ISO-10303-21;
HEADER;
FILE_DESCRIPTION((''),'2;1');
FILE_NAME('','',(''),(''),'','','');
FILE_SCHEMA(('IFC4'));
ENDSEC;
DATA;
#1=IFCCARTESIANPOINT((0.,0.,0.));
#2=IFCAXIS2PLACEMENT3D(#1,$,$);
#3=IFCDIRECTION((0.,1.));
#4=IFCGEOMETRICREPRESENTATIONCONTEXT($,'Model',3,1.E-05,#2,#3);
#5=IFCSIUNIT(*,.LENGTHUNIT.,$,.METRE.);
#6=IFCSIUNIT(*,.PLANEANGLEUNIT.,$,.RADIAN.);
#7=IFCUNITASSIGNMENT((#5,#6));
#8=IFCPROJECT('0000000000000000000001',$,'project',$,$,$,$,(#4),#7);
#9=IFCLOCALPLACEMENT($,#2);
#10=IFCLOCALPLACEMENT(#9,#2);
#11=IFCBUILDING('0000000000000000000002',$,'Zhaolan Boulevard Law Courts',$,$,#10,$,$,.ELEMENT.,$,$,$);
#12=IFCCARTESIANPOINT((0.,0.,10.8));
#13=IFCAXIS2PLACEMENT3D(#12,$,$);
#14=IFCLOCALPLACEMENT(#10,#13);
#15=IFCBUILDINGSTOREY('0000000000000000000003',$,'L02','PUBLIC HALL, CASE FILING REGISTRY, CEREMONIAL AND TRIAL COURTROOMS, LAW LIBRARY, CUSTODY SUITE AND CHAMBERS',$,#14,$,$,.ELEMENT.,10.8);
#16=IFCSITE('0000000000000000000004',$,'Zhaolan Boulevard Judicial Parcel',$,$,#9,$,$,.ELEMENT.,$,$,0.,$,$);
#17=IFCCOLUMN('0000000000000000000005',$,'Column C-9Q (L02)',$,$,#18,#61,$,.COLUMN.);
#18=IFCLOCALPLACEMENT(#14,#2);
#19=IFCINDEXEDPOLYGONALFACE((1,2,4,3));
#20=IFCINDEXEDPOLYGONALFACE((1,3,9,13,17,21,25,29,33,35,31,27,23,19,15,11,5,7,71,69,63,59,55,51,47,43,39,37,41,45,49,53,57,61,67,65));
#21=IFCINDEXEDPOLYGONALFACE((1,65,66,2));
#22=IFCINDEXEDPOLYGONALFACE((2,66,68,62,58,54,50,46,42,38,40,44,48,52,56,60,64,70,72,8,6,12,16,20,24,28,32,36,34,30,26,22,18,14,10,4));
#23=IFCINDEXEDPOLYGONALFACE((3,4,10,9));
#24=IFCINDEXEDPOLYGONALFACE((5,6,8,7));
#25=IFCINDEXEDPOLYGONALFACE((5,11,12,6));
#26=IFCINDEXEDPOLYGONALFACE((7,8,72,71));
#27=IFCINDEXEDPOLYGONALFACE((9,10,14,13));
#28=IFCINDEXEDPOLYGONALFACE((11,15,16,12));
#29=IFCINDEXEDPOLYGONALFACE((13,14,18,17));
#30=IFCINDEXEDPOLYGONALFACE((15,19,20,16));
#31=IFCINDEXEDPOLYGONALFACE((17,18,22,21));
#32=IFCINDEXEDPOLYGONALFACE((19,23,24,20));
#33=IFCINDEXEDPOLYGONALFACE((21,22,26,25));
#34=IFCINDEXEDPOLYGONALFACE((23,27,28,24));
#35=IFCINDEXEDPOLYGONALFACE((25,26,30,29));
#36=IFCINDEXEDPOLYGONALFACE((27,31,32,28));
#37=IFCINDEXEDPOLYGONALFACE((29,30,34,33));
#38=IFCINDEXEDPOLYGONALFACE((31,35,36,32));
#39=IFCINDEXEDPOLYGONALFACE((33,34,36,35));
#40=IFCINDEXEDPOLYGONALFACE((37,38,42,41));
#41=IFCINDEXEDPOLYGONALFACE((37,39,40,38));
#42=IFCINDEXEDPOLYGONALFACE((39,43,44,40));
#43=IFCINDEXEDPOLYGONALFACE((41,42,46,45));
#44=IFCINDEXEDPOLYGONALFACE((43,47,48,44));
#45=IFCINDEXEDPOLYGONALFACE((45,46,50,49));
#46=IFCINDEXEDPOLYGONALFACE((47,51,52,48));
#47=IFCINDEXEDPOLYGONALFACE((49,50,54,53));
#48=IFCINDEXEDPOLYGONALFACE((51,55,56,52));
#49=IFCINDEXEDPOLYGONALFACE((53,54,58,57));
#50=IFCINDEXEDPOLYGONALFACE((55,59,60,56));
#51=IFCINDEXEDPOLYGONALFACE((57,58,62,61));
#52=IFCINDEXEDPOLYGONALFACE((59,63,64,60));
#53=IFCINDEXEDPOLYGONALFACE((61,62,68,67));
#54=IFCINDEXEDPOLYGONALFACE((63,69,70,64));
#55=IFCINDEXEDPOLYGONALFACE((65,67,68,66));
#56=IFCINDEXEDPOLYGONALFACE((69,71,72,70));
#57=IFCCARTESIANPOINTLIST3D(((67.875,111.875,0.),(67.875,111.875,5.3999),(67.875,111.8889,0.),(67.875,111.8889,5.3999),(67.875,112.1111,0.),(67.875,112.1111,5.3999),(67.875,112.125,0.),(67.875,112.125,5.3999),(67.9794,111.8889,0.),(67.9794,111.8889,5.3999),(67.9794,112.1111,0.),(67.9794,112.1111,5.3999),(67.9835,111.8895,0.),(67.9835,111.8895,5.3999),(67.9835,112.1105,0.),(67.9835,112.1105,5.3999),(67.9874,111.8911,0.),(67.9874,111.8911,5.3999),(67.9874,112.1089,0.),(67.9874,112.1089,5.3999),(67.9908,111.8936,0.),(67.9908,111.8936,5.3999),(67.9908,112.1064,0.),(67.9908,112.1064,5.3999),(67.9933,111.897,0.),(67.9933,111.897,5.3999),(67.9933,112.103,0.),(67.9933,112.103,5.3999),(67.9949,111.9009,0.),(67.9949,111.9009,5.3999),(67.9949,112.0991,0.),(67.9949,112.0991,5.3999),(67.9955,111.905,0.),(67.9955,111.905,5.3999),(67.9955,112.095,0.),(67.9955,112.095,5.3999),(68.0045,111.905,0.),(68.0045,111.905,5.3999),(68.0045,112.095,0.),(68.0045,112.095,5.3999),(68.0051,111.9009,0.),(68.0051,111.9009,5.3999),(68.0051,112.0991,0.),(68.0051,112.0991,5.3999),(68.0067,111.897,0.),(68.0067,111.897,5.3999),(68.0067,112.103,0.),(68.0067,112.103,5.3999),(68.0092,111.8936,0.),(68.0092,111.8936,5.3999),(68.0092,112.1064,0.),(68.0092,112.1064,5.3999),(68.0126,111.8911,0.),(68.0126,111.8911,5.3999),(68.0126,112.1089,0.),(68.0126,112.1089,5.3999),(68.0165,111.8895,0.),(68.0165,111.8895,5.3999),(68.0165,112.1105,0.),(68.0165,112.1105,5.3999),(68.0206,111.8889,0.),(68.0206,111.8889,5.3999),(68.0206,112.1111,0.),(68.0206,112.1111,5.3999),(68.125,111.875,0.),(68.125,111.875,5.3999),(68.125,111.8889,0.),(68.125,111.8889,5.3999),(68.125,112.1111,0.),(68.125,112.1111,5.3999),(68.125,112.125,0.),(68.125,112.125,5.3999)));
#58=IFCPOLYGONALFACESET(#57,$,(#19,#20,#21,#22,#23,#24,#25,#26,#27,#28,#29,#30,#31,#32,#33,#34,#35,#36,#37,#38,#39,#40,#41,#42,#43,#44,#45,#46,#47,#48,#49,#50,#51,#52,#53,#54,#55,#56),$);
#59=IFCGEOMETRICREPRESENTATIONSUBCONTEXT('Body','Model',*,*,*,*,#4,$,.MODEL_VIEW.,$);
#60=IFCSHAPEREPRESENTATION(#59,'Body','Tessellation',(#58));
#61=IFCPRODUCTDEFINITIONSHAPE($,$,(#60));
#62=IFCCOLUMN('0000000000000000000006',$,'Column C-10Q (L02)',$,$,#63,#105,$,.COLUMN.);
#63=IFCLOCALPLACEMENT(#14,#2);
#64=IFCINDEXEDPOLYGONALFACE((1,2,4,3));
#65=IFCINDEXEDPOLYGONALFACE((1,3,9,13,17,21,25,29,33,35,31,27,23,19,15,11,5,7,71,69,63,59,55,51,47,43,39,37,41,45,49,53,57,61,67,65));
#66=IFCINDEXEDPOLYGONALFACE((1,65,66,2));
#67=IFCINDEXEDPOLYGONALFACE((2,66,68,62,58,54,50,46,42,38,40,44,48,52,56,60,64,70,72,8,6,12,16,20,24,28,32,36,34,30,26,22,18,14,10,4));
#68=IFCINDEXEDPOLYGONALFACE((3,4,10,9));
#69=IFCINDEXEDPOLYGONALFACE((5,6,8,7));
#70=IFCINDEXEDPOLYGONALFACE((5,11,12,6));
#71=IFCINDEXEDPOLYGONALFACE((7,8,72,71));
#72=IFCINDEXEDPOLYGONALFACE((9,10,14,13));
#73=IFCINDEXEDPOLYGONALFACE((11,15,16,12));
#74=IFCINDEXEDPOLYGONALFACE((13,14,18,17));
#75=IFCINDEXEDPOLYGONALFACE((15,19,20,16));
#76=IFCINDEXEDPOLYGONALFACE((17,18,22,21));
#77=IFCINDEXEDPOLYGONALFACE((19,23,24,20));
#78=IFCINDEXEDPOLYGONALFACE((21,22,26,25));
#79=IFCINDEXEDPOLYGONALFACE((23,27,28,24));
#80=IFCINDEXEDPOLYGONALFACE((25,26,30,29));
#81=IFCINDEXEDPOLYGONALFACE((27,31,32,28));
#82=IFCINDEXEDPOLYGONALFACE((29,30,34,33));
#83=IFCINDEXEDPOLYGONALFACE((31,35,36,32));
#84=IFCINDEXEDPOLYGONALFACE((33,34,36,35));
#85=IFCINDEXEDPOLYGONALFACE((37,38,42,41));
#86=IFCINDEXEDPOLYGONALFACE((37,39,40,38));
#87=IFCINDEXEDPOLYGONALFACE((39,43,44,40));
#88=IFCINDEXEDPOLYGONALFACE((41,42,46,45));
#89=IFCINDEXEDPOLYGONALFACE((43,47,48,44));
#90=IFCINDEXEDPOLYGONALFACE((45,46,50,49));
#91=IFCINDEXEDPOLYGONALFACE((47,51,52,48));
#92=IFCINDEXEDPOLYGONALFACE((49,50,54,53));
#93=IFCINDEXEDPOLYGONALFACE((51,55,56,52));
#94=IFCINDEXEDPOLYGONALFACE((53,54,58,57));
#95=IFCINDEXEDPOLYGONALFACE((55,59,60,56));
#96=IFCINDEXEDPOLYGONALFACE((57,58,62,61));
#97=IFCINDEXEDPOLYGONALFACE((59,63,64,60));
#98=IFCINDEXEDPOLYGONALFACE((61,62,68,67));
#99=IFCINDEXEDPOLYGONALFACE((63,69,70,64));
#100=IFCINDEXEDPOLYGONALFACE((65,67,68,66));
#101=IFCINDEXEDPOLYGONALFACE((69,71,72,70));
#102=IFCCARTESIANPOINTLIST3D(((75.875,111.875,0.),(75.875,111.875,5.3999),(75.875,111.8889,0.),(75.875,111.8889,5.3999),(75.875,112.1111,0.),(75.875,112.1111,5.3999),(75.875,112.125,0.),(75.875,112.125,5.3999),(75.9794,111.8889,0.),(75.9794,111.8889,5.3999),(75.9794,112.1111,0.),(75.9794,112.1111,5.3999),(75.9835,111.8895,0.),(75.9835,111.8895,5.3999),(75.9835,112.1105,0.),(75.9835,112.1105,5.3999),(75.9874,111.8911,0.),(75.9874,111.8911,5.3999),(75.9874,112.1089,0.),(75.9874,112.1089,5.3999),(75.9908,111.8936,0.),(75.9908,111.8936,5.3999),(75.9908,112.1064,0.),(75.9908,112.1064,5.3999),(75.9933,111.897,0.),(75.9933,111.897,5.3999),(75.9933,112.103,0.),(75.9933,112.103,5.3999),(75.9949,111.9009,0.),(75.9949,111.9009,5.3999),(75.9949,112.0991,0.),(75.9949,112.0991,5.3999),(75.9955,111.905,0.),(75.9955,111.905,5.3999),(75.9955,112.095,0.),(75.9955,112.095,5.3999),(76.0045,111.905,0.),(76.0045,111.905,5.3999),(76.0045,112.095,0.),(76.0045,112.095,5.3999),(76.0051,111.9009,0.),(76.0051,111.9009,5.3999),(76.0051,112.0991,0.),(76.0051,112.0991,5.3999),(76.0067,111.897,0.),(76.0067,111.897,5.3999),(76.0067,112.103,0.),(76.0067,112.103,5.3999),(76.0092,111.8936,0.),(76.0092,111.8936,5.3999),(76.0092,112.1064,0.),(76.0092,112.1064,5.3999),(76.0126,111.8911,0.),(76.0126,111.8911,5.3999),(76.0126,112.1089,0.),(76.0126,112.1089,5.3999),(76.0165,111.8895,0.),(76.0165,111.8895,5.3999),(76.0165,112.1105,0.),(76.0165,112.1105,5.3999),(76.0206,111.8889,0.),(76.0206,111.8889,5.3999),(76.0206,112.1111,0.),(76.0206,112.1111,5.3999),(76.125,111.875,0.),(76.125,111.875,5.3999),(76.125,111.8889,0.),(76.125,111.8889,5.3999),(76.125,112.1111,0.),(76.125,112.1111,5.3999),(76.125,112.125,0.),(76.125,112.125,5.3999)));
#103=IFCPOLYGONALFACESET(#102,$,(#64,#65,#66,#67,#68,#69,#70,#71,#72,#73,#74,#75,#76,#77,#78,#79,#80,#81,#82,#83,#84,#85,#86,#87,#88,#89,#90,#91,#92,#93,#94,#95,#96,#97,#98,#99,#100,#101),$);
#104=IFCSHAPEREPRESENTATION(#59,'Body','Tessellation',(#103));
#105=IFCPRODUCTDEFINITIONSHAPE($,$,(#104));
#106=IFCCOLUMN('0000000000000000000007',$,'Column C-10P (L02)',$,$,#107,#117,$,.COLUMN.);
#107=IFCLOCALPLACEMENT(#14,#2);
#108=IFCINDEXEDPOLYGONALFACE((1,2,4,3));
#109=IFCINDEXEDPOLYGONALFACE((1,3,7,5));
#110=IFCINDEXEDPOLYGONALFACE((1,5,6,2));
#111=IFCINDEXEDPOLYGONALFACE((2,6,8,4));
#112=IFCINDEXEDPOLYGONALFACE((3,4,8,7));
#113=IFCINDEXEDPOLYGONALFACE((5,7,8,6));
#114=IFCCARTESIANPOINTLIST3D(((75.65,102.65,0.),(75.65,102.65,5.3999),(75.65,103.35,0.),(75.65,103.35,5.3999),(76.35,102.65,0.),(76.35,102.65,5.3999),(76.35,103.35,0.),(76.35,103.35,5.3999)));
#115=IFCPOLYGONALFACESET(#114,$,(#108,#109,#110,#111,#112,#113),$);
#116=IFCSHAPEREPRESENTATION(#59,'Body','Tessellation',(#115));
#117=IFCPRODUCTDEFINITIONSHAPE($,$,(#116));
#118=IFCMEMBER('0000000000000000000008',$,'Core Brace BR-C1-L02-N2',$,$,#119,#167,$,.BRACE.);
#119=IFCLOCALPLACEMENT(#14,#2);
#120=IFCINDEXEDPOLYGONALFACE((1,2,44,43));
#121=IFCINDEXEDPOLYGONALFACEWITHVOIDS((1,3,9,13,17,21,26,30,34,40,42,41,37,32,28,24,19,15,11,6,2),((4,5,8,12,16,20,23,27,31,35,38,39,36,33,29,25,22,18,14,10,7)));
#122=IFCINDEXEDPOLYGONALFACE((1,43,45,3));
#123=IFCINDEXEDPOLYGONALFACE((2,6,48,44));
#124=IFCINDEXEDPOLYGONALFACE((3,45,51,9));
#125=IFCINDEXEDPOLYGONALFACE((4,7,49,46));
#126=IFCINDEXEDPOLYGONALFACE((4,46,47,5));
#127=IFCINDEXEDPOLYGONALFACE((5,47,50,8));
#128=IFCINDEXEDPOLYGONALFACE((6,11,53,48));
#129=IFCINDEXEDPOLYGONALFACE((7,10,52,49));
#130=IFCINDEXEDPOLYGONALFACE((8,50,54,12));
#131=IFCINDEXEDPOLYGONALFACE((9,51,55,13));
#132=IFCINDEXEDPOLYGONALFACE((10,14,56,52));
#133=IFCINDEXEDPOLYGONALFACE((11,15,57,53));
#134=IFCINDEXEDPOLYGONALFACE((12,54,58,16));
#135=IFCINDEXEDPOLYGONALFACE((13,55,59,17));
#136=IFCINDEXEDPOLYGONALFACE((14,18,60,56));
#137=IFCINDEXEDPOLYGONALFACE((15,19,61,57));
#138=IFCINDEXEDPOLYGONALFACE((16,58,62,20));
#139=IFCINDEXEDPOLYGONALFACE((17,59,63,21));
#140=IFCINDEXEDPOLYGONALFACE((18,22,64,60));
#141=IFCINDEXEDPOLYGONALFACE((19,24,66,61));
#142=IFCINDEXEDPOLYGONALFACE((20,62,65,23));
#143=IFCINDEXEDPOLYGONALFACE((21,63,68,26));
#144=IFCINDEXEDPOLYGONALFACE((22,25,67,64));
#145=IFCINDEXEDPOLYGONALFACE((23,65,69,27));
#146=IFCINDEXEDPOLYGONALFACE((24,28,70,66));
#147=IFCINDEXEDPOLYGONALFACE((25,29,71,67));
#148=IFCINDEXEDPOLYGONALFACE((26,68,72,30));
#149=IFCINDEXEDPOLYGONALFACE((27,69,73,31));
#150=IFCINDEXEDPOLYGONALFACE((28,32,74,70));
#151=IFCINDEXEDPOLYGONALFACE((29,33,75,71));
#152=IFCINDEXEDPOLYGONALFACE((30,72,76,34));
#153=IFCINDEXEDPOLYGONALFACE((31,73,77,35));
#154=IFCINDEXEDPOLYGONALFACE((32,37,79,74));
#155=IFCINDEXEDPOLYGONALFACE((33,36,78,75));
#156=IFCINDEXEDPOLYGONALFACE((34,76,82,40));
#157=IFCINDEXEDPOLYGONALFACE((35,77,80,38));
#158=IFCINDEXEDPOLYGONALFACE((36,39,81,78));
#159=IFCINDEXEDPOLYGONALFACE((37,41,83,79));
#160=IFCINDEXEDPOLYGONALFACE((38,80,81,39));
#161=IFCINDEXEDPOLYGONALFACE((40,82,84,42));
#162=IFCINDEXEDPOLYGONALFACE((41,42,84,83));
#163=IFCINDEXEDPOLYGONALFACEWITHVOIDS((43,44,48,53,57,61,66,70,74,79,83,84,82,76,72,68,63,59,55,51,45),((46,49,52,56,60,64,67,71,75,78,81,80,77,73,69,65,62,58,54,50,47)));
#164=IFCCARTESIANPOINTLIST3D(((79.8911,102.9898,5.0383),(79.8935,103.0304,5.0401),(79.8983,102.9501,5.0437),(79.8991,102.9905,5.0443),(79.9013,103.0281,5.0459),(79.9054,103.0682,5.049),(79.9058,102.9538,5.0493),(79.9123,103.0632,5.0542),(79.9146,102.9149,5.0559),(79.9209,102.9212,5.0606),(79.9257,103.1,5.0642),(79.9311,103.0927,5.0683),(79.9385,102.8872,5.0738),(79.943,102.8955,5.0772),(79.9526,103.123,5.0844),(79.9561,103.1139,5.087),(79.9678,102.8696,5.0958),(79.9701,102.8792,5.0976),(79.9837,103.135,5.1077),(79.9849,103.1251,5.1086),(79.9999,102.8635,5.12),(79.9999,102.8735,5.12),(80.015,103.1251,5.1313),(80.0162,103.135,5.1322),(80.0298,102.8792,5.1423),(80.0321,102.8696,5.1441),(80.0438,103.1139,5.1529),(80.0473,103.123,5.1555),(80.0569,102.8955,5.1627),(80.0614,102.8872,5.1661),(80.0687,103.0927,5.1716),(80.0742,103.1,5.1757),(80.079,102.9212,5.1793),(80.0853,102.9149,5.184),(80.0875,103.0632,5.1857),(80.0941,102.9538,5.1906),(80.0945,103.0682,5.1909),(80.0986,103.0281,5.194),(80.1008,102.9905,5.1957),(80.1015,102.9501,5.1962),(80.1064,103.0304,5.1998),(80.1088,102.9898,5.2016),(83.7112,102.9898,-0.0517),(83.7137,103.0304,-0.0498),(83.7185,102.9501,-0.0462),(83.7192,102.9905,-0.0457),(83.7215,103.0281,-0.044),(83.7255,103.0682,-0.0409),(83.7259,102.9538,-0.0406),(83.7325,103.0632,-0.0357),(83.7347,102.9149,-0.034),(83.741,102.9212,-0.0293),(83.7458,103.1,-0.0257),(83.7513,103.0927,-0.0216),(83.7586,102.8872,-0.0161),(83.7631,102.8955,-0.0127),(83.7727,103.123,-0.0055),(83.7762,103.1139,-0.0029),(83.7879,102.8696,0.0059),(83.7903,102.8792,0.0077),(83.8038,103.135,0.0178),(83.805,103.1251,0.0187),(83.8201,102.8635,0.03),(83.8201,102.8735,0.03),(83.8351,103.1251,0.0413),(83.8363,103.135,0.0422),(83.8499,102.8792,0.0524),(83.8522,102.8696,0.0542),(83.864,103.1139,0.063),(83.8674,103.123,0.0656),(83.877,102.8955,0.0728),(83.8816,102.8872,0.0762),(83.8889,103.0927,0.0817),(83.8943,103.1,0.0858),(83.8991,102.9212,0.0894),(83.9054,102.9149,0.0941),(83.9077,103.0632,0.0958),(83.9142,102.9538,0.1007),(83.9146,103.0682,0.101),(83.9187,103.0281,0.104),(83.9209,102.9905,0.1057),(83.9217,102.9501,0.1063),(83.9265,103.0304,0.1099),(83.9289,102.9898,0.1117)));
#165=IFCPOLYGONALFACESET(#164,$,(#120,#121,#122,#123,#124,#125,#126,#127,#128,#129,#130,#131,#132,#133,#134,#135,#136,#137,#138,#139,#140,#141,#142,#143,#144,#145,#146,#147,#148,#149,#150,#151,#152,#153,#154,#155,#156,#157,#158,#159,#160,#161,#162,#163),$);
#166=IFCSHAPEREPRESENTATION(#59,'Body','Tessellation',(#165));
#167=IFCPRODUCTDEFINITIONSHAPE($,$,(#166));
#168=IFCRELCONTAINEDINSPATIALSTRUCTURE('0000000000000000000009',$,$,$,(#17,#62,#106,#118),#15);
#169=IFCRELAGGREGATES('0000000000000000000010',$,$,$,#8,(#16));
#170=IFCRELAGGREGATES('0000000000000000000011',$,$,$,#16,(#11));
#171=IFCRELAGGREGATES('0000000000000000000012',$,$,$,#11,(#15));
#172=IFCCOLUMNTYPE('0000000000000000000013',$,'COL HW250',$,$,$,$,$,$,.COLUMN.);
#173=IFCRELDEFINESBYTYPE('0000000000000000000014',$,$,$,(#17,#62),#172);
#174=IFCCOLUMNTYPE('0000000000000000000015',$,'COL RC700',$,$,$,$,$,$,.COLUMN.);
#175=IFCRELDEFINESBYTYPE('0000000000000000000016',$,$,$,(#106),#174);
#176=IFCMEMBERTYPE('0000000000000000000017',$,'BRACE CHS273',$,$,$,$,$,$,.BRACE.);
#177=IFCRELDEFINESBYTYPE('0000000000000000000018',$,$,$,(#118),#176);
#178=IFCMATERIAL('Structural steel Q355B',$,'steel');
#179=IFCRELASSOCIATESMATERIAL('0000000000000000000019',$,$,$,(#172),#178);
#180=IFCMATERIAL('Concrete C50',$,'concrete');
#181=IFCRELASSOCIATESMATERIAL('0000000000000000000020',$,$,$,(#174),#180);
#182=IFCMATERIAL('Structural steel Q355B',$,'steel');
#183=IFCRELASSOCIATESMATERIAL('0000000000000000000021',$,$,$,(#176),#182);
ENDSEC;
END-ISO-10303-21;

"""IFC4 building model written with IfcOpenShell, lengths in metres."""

from ifc_helpers import new_model, si_unit, direction, frame, origin, origin_2d, place, context, subcontext, project, spatial, rectangle, hollow_circle, i_section, extrude, material, material_profile, profile_set, type_object, element, save


model = new_model("IFC4")

# Units and contexts
model_context = context("Model", 3, precision=1e-05, world=origin(), true_north=direction((0.0, 1.0)))
body_context = subcontext(model_context, "Body", "Model", "MODEL_VIEW")
ifc_project = project(units=[si_unit("LENGTHUNIT", "METRE"), si_unit("PLANEANGLEUNIT", "RADIAN")], contexts=[model_context])

# Site, building, storey
site_placement = place(None, origin())
site = spatial("IfcSite", under=ifc_project, at=site_placement, Name="Zhaolan Boulevard Judicial Parcel", CompositionType="ELEMENT", RefElevation=0.0)
building_placement = place(site_placement, origin())
building = spatial("IfcBuilding", under=site, at=building_placement, Name="Zhaolan Boulevard Law Courts", CompositionType="ELEMENT")
storey_placement = place(building_placement, frame((0.0, 0.0, 10.8)))
storey = spatial("IfcBuildingStorey", under=building, at=storey_placement, Name="L02", Description="PUBLIC HALL, CASE FILING REGISTRY, CEREMONIAL AND TRIAL COURTROOMS, LAW LIBRARY, CUSTODY SUITE AND CHAMBERS", CompositionType="ELEMENT", Elevation=10.8)

# Columns
ifc_material_1 = material(Name="Structural steel Q355B", Category="steel")
ifc_material_profile_1 = material_profile(ifc_material_1, i_section(OverallWidth=0.25, OverallDepth=0.25, WebThickness=0.009, FlangeThickness=0.0139, FilletRadius=0.0161, at=origin_2d()), Name="HW250x250")
ifc_profile_set_1 = profile_set([ifc_material_profile_1], Name="Structural steel Q355B")
column_type_1 = type_object("IfcColumnType", Name="COL HW250", PredefinedType="COLUMN", material=ifc_profile_set_1)
for number, where, z_axis, x_axis, name in (
    (1, (68.0, 112.0, 0.0), (0.0, 0.0, 1.0), (1.0, 0.0, 0.0), "Column C-9Q (L02)"),
    (2, (76.0, 112.0, 0.0), (0.0, 0.0, 1.0), (1.0, 0.0, 0.0), "Column C-10Q (L02)"),
):
    element("IfcColumn", number, at=place(storey_placement, frame(where, z_axis=z_axis, x_axis=x_axis)), inside=storey, type_object=column_type_1, Name=name, PredefinedType="COLUMN", context=body_context, shape_type="SweptSolid", body=[
        extrude(i_section(OverallWidth=0.25, OverallDepth=0.25, WebThickness=0.009, FlangeThickness=0.0139, FilletRadius=0.0161, at=origin_2d()), origin(), (0.0, 0.0, 1.0), 5.3999),
    ])
ifc_material_2 = material(Name="Concrete C50", Category="concrete")
ifc_material_profile_2 = material_profile(ifc_material_2, rectangle(XDim=0.7, YDim=0.7, at=origin_2d()), Name="RC700x700")
ifc_profile_set_2 = profile_set([ifc_material_profile_2], Name="Concrete C50")
column_type_2 = type_object("IfcColumnType", Name="COL RC700", PredefinedType="COLUMN", material=ifc_profile_set_2)
column_placement = place(storey_placement, frame((76.0, 103.0, 0.0), z_axis=(0.0, 0.0, 1.0), x_axis=(1.0, 0.0, 0.0)))
element("IfcColumn", 3, at=column_placement, inside=storey, type_object=column_type_2, Name="Column C-10P (L02)", PredefinedType="COLUMN", context=body_context, shape_type="SweptSolid", body=[
    extrude(rectangle(XDim=0.7, YDim=0.7, at=origin_2d()), origin(), (0.0, 0.0, 1.0), 5.3999),
])

# Member
ifc_material_3 = material(Name="Structural steel Q355B", Category="steel")
ifc_material_profile_3 = material_profile(ifc_material_3, hollow_circle(Radius=0.1365, WallThickness=0.01, at=origin_2d()), Name="CHS273x10")
ifc_profile_set_3 = profile_set([ifc_material_profile_3], Name="Structural steel Q355B")
member_type_1 = type_object("IfcMemberType", Name="BRACE CHS273", PredefinedType="BRACE", material=ifc_profile_set_3)
member_1_placement = place(storey_placement, frame((83.8201, 103.0, 0.03), z_axis=(-0.60027, 0.0, 0.799797), x_axis=(0.0, -1.0, 0.0)))
element("IfcMember", 4, at=member_1_placement, inside=storey, type_object=member_type_1, Name="Core Brace BR-C1-L02-N2", PredefinedType="BRACE", context=body_context, shape_type="SweptSolid", body=[
    extrude(hollow_circle(Radius=0.1365, WallThickness=0.01, at=origin_2d()), origin(), (0.0, 0.0, 1.0), 6.364),
])

save(model, "model.ifc")
